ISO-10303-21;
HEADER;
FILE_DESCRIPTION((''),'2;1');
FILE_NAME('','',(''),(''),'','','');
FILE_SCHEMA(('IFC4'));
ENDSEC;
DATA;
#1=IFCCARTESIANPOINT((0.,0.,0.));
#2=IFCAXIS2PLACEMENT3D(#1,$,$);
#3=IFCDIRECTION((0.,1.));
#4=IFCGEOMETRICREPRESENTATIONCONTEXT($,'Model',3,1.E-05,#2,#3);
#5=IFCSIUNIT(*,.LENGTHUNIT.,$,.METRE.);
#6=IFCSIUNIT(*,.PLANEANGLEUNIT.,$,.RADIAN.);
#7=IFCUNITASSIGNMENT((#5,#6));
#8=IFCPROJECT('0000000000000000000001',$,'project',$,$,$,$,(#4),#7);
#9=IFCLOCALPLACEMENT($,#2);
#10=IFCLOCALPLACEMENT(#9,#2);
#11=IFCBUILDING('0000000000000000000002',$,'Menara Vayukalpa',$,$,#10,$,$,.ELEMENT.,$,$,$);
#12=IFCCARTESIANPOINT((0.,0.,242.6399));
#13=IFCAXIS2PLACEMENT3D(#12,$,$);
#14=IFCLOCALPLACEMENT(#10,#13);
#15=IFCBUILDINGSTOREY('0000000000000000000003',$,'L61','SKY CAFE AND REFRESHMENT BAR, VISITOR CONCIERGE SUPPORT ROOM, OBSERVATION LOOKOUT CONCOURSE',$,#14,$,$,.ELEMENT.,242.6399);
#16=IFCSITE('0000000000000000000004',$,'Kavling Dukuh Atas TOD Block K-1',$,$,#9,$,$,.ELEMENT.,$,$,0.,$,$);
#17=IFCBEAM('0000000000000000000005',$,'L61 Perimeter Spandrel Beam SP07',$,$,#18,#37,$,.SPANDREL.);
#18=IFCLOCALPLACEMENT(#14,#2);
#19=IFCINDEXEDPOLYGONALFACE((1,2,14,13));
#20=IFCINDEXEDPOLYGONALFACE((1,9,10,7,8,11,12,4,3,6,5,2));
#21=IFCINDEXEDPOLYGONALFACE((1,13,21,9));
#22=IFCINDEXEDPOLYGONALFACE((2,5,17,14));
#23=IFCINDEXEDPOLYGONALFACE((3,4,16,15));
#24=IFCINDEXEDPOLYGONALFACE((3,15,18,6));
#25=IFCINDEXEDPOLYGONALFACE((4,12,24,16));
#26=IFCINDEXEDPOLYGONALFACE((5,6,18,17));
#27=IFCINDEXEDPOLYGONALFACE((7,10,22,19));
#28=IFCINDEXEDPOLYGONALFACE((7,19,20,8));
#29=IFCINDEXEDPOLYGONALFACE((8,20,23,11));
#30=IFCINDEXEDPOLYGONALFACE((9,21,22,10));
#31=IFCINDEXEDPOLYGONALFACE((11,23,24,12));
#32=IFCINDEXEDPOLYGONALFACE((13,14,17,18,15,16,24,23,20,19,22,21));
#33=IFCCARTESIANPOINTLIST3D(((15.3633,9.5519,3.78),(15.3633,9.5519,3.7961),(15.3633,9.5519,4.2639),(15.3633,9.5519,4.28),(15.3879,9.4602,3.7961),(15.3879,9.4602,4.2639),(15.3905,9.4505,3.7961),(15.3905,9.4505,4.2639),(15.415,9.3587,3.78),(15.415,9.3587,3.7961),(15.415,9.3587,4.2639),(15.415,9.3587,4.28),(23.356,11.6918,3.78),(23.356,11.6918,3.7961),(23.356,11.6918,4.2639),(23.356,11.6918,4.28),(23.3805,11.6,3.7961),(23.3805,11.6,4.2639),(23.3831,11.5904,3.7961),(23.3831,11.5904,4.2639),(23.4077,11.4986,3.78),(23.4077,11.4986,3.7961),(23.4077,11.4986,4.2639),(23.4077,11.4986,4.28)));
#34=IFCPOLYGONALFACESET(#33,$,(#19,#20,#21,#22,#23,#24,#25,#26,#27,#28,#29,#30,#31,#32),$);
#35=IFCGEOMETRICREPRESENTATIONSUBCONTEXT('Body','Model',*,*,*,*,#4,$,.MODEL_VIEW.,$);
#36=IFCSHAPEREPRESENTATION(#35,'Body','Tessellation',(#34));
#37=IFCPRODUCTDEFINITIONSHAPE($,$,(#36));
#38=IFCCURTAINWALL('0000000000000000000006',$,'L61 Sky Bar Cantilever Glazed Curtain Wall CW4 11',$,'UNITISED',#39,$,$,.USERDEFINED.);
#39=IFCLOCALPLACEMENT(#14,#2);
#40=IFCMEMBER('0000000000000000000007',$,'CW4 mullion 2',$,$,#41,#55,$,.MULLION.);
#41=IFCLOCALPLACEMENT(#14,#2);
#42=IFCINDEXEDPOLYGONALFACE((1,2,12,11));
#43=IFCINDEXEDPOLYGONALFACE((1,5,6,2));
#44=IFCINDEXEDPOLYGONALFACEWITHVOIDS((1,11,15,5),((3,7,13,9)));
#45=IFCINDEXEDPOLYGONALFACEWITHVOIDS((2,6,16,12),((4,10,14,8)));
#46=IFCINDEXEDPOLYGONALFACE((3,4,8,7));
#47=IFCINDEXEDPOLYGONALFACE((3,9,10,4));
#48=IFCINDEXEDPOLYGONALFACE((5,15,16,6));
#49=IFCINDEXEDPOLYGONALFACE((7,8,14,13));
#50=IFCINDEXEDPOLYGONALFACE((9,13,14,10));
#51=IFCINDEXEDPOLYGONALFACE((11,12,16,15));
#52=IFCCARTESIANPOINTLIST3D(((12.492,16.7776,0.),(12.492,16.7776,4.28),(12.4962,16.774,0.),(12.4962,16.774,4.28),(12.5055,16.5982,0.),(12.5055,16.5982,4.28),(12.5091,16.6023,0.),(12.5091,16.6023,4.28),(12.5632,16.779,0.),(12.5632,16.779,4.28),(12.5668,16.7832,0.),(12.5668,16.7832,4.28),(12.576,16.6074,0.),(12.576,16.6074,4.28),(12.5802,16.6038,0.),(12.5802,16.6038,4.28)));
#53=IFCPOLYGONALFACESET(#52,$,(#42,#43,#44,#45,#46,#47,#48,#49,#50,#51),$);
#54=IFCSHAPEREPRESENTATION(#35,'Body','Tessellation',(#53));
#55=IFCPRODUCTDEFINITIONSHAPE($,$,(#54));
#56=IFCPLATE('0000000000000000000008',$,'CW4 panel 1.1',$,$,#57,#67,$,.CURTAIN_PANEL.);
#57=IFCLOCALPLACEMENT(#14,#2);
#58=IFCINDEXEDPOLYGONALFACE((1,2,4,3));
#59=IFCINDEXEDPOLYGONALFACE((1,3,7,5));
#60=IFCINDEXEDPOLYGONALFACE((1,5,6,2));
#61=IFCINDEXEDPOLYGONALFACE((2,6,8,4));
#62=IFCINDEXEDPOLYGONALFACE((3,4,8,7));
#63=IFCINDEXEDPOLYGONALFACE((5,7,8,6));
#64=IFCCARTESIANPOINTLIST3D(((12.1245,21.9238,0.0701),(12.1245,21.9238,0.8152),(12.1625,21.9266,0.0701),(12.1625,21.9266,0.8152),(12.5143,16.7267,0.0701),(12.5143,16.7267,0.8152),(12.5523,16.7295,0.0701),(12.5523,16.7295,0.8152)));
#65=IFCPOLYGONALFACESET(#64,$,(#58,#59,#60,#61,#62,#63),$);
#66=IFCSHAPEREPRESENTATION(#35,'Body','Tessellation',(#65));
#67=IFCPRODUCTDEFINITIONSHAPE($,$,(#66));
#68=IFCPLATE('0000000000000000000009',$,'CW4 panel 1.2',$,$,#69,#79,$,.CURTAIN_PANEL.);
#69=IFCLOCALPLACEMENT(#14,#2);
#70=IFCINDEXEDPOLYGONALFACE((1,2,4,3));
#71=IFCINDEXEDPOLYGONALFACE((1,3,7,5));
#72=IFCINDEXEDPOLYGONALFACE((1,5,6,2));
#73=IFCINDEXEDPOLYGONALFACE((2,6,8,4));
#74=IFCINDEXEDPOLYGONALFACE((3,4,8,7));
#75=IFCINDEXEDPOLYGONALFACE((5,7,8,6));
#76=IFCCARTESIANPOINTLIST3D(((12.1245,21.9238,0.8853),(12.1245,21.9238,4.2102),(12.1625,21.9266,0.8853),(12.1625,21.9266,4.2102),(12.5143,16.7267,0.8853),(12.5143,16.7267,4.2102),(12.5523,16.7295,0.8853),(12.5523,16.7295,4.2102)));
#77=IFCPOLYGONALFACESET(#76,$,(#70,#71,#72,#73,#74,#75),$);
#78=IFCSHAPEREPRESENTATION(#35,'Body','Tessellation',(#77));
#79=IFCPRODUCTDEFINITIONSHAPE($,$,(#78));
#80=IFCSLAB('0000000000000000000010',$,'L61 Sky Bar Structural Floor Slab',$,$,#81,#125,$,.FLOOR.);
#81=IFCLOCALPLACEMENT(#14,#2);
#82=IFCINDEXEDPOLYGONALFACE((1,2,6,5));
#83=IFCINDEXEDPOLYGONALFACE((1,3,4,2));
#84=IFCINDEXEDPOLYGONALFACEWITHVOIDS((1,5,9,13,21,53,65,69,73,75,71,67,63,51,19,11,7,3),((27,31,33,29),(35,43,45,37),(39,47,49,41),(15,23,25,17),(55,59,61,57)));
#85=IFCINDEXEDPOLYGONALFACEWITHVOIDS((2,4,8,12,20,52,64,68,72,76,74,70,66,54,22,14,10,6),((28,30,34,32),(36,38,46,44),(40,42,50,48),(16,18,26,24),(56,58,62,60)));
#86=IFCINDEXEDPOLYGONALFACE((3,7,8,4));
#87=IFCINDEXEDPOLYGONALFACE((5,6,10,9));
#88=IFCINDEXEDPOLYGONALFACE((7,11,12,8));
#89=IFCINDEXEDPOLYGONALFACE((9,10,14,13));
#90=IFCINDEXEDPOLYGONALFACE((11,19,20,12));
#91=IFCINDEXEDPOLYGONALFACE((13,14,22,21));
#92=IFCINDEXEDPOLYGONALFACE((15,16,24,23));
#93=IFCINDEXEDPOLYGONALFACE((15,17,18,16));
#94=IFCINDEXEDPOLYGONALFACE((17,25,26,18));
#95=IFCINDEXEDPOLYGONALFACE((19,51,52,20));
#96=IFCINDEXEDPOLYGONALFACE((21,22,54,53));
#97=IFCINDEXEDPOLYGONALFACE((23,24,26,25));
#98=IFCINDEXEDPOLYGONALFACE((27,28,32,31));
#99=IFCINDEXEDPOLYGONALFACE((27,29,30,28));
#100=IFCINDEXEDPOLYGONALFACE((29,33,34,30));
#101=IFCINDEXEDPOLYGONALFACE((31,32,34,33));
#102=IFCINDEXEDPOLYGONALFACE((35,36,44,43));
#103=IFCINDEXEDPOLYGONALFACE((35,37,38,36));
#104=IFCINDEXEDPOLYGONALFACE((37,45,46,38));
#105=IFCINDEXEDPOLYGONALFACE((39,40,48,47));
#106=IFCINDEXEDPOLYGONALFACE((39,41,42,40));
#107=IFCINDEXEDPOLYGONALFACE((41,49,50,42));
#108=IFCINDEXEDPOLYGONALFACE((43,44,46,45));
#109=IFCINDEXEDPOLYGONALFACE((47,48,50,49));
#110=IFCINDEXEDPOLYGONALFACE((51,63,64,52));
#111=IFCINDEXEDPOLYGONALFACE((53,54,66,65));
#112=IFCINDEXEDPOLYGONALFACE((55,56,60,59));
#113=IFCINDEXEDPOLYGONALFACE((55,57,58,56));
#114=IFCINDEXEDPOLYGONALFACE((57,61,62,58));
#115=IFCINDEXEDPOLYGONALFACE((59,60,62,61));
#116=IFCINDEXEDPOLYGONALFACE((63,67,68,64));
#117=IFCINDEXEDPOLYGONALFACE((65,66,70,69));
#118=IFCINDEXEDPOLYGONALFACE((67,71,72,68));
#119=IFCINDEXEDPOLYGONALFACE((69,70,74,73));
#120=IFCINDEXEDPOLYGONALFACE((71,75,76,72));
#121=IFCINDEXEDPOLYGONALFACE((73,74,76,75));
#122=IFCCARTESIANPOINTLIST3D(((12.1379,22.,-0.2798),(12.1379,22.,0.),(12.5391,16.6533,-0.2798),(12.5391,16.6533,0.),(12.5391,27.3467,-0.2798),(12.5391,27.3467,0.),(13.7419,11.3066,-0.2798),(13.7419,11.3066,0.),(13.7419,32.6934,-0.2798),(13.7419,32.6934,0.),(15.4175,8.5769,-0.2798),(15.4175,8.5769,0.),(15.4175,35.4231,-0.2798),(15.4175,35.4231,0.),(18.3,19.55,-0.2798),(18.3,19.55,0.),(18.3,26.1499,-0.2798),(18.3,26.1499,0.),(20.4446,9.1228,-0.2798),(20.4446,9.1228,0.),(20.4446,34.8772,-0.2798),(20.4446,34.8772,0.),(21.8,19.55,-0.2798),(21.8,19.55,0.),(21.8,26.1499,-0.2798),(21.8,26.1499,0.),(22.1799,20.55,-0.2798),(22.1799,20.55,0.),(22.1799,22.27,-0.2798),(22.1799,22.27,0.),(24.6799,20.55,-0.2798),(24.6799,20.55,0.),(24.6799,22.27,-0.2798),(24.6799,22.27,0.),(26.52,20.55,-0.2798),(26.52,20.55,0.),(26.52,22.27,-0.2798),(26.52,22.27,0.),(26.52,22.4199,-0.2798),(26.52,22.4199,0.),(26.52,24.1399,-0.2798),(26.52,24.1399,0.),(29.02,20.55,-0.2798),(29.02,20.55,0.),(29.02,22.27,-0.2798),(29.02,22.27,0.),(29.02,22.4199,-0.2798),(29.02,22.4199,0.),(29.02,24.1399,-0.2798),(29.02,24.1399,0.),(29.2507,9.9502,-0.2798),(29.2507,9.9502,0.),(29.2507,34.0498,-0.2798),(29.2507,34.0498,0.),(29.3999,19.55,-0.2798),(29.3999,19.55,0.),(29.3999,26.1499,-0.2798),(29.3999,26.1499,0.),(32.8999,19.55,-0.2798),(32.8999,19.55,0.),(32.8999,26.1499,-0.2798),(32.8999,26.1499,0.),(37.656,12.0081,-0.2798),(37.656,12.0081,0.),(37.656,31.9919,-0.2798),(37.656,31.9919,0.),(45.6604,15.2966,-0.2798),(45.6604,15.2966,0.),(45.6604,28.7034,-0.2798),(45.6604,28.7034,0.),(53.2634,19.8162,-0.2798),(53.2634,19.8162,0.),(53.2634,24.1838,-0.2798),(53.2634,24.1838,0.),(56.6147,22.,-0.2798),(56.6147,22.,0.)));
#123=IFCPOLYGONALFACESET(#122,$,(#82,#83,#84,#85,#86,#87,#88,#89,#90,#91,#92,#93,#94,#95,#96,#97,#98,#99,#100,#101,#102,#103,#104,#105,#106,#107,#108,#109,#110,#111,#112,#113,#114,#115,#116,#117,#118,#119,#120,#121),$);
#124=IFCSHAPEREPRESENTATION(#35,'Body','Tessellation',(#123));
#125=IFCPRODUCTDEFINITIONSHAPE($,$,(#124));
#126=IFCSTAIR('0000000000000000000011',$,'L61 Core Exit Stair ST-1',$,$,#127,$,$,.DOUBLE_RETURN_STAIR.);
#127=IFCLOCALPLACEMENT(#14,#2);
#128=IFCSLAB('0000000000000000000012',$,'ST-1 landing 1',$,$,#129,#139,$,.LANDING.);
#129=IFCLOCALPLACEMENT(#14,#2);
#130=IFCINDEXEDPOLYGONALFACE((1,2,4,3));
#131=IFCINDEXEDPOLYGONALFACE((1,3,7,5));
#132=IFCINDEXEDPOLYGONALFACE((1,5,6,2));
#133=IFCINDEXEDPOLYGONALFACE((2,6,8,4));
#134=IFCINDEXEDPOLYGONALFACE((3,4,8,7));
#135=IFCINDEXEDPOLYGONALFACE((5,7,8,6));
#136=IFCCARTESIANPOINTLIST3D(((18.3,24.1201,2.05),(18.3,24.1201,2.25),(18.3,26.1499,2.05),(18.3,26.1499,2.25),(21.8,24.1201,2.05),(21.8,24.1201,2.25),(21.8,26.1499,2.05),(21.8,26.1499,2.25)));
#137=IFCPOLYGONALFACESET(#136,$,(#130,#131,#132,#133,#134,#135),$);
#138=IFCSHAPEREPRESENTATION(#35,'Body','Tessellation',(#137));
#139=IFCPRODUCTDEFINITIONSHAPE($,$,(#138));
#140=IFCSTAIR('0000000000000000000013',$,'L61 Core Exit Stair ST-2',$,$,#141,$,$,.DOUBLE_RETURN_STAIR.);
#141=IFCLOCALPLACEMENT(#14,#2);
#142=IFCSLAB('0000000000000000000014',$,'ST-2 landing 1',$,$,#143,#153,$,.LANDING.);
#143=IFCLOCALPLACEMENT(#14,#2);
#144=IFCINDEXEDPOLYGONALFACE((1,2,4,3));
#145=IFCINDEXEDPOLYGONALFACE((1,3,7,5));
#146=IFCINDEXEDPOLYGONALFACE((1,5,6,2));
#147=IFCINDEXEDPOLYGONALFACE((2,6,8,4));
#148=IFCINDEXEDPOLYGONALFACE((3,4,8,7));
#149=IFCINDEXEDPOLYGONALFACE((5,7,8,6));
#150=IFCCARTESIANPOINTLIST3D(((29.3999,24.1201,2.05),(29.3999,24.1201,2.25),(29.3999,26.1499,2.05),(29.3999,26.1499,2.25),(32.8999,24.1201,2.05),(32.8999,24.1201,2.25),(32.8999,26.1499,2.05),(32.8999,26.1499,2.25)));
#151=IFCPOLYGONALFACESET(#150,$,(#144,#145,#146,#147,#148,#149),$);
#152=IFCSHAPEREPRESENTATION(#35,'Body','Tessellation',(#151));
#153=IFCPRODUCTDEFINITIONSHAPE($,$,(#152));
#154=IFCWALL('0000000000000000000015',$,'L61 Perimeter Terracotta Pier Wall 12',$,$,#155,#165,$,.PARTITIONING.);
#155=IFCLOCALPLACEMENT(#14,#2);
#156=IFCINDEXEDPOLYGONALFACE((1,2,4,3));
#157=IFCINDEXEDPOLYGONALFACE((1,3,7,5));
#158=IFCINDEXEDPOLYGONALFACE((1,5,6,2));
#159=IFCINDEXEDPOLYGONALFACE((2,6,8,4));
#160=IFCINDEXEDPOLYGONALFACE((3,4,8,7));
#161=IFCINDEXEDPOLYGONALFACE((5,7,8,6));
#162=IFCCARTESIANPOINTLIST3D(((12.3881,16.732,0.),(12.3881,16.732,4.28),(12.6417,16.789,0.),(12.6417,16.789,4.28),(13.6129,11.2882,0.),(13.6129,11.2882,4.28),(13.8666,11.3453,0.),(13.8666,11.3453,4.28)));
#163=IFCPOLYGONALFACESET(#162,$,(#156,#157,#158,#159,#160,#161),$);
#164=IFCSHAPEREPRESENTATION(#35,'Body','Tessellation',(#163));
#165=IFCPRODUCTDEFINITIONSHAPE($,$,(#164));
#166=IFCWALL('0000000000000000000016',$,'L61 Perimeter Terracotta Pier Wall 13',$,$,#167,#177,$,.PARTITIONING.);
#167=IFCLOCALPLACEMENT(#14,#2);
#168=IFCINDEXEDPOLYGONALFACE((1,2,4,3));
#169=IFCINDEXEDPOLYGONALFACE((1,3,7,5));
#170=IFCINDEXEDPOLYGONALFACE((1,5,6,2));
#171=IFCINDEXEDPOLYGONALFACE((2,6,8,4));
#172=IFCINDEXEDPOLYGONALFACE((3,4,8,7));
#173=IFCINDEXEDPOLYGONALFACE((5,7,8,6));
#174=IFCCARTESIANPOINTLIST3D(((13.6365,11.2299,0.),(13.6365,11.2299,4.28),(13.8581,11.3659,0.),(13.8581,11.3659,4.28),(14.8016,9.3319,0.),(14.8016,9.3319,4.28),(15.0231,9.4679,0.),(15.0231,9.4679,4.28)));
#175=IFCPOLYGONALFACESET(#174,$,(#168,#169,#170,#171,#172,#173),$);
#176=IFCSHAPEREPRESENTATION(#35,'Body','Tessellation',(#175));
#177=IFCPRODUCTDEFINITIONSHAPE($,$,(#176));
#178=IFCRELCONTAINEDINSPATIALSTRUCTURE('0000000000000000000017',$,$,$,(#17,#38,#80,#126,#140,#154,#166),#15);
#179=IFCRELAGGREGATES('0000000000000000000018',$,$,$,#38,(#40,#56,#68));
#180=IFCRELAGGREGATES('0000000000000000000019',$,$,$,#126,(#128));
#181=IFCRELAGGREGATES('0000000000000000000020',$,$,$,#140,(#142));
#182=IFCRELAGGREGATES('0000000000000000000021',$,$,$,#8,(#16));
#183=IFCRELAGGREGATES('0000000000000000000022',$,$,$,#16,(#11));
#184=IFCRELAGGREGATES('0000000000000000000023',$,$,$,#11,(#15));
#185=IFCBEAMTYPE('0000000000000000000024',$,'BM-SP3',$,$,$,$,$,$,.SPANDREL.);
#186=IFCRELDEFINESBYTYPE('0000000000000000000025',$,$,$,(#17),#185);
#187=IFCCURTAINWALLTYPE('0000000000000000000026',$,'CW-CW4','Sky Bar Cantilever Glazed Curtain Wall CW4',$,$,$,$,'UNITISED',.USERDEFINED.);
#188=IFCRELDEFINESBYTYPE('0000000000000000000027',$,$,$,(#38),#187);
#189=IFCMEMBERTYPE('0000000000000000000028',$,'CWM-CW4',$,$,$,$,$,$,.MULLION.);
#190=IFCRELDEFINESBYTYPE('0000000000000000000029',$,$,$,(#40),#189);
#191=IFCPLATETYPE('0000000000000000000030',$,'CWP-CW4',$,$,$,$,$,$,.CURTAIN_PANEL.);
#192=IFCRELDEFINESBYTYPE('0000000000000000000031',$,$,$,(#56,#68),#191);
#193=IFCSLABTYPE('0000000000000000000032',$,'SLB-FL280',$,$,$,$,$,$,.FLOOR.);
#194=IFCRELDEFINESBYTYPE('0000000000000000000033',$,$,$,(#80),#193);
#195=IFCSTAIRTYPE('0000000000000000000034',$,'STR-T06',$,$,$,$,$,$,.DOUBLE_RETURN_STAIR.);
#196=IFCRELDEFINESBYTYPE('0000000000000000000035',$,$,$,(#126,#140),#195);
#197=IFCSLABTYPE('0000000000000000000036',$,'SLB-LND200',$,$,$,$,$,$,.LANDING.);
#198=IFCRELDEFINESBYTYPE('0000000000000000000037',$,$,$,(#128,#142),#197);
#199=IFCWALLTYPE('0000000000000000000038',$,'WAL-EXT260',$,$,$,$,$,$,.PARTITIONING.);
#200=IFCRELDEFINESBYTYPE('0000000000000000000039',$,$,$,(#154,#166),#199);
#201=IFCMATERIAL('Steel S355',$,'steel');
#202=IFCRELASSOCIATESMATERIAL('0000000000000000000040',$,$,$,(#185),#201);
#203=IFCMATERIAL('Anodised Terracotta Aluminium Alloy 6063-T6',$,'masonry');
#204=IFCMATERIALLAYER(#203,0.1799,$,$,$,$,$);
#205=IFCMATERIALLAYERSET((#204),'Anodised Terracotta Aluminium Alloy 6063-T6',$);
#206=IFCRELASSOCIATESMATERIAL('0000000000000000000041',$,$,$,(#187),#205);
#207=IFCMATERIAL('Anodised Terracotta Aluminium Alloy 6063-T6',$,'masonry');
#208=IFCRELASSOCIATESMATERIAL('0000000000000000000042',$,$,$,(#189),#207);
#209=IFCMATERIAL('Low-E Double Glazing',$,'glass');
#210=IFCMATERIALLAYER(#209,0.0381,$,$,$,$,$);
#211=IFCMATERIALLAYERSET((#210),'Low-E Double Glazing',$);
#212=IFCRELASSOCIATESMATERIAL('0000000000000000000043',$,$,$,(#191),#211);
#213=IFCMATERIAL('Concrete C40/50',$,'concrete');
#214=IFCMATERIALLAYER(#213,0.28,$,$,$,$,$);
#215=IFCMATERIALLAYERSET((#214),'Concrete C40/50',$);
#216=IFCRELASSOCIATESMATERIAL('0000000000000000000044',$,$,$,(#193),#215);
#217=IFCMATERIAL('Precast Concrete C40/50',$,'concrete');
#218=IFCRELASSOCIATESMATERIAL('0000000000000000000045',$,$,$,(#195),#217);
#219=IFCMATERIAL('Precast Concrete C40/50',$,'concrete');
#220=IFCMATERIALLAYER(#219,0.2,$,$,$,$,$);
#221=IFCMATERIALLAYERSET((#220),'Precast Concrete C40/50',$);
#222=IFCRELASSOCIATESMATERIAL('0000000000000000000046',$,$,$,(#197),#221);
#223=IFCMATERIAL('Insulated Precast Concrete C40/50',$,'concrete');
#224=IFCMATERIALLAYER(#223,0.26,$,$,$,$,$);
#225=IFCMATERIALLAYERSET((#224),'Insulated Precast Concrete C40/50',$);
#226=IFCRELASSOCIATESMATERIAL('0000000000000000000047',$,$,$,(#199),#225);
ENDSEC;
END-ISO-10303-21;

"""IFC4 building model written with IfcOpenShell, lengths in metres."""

from ifc_helpers import new_model, si_unit, direction, frame, frame_2d, origin, origin_2d, place, context, subcontext, project, spatial, polyline, rectangle, hollow_rectangle, i_section, outline, extrude, material, layer, layer_set, material_profile, profile_set, type_object, element, aggregate, save


model = new_model("IFC4")

# Units and contexts
model_context = context("Model", 3, precision=1e-05, world=origin(), true_north=direction((0.0, 1.0)))
body_context = subcontext(model_context, "Body", "Model", "MODEL_VIEW")
ifc_project = project(units=[si_unit("LENGTHUNIT", "METRE"), si_unit("PLANEANGLEUNIT", "RADIAN")], contexts=[model_context])

# Site, building, storey
site_placement = place(None, origin())
site = spatial("IfcSite", under=ifc_project, at=site_placement, Name="Kavling Dukuh Atas TOD Block K-1", CompositionType="ELEMENT", RefElevation=0.0)
building_placement = place(site_placement, origin())
building = spatial("IfcBuilding", under=site, at=building_placement, Name="Menara Vayukalpa", CompositionType="ELEMENT")
storey_placement = place(building_placement, frame((0.0, 0.0, 242.6399)))
storey = spatial("IfcBuildingStorey", under=building, at=storey_placement, Name="L61", Description="SKY CAFE AND REFRESHMENT BAR, VISITOR CONCIERGE SUPPORT ROOM, OBSERVATION LOOKOUT CONCOURSE", CompositionType="ELEMENT", Elevation=242.6399)

# Beam
ifc_material_1 = material(Name="Steel S355", Category="steel")
ifc_material_profile_1 = material_profile(ifc_material_1, i_section(OverallWidth=0.2, OverallDepth=0.5, WebThickness=0.01, FlangeThickness=0.0161, at=origin_2d()), Name="WF 500x200x10x16")
ifc_profile_set_1 = profile_set([ifc_material_profile_1], Name="Steel S355")
beam_type_1 = type_object("IfcBeamType", Name="BM-SP3", PredefinedType="SPANDREL", material=ifc_profile_set_1)
beam_1_placement = place(storey_placement, frame((15.3892, 9.4553, 4.03), z_axis=(0.965978, 0.258623, 0.0), x_axis=(-0.258623, 0.965978, 0.0)))
element("IfcBeam", 1, at=beam_1_placement, inside=storey, type_object=beam_type_1, Name="L61 Perimeter Spandrel Beam SP07", PredefinedType="SPANDREL", context=body_context, shape_type="SweptSolid", body=[
    extrude(i_section(OverallWidth=0.2, OverallDepth=0.5, WebThickness=0.01, FlangeThickness=0.0161, at=origin_2d()), origin(), (0.0, 0.0, 1.0), 8.2742),
])

# Curtain wall, member, plates
ifc_material_2 = material(Name="Anodised Terracotta Aluminium Alloy 6063-T6", Category="masonry")
ifc_layer_1 = layer(ifc_material_2, 0.1799)
ifc_layer_set_1 = layer_set([ifc_layer_1], Name="Anodised Terracotta Aluminium Alloy 6063-T6")
curtain_wall_type = type_object("IfcCurtainWallType", Name="CW-CW4", Description="Sky Bar Cantilever Glazed Curtain Wall CW4", ElementType="UNITISED", PredefinedType="USERDEFINED", material=ifc_layer_set_1)
curtain_wall_placement = place(storey_placement, origin())
curtain_wall = element("IfcCurtainWall", 2, at=curtain_wall_placement, inside=storey, type_object=curtain_wall_type, Name="L61 Sky Bar Cantilever Glazed Curtain Wall CW4 11", ObjectType="UNITISED", PredefinedType="USERDEFINED")
ifc_material_3 = material(Name="Anodised Terracotta Aluminium Alloy 6063-T6", Category="masonry")
ifc_material_profile_2 = material_profile(ifc_material_3, hollow_rectangle(XDim=0.075, YDim=0.1799, WallThickness=0.0039, at=origin_2d()), Name="ALU 75x180x4")
ifc_profile_set_2 = profile_set([ifc_material_profile_2], Name="Anodised Terracotta Aluminium Alloy 6063-T6")
member_type = type_object("IfcMemberType", Name="CWM-CW4", PredefinedType="MULLION", material=ifc_profile_set_2)
member_placement = place(storey_placement, frame((12.5361, 16.6907, 0.0), z_axis=(0.0, 0.0, 1.0), x_axis=(0.997199, 0.074789, 0.0)))
member = element("IfcMember", 3, at=member_placement, type_object=member_type, Name="CW4 mullion 2", PredefinedType="MULLION", context=body_context, shape_type="SweptSolid", body=[
    extrude(hollow_rectangle(XDim=0.075, YDim=0.1799, WallThickness=0.0039, at=origin_2d()), origin(), (0.0, 0.0, 1.0), 4.28),
])
ifc_material_4 = material(Name="Low-E Double Glazing", Category="glass")
ifc_layer_2 = layer(ifc_material_4, 0.0381)
ifc_layer_set_2 = layer_set([ifc_layer_2], Name="Low-E Double Glazing")
plate_type = type_object("IfcPlateType", Name="CWP-CW4", PredefinedType="CURTAIN_PANEL", material=ifc_layer_set_2)
plate_1_placement = place(storey_placement, frame((12.3384, 19.3267, 0.0701), z_axis=(0.0, 0.0, 1.0), x_axis=(0.074789, -0.997199, 0.0)))
plate_1 = element("IfcPlate", 4, at=plate_1_placement, type_object=plate_type, Name="CW4 panel 1.1", PredefinedType="CURTAIN_PANEL", context=body_context, shape_type="SweptSolid", body=[
    extrude(rectangle(XDim=5.2117, YDim=0.0381, at=origin_2d()), origin(), (0.0, 0.0, 1.0), 0.7451),
])
plate_2_placement = place(storey_placement, frame((12.3384, 19.3267, 0.8853), z_axis=(0.0, 0.0, 1.0), x_axis=(0.074789, -0.997199, 0.0)))
plate_2 = element("IfcPlate", 5, at=plate_2_placement, type_object=plate_type, Name="CW4 panel 1.2", PredefinedType="CURTAIN_PANEL", context=body_context, shape_type="SweptSolid", body=[
    extrude(rectangle(XDim=5.2117, YDim=0.0381, at=origin_2d()), origin(), (0.0, 0.0, 1.0), 3.325),
])
aggregate(curtain_wall, [member, plate_1, plate_2])

# Slab
ifc_material_5 = material(Name="Concrete C40/50", Category="concrete")
ifc_layer_3 = layer(ifc_material_5, 0.28)
ifc_layer_set_3 = layer_set([ifc_layer_3], Name="Concrete C40/50")
slab_type_1 = type_object("IfcSlabType", Name="SLB-FL280", PredefinedType="FLOOR", material=ifc_layer_set_3)
slab_1_placement = place(storey_placement, frame((0.0, 0.0, -0.2798)))
element("IfcSlab", 6, at=slab_1_placement, inside=storey, type_object=slab_type_1, Name="L61 Sky Bar Structural Floor Slab", PredefinedType="FLOOR", context=body_context, shape_type="SweptSolid", body=[
    extrude(outline(polyline([(53.2634, 19.8162), (56.6147, 22.0), (53.2634, 24.1838), (45.6604, 28.7034), (37.656, 31.9919), (29.2507, 34.0498), (20.4446, 34.8772), (15.4175, 35.4231), (13.7419, 32.6934), (12.5391, 27.3467), (12.1379, 22.0), (12.5391, 16.6533), (13.7419, 11.3066), (15.4175, 8.5769), (20.4446, 9.1228), (29.2507, 9.9502), (37.656, 12.0081), (45.6604, 15.2966), (53.2634, 19.8162)]), holes=[polyline([(21.8, 19.55), (21.8, 26.1499), (18.3, 26.1499), (18.3, 19.55), (21.8, 19.55)]), polyline([(32.8999, 19.55), (32.8999, 26.1499), (29.3999, 26.1499), (29.3999, 19.55), (32.8999, 19.55)]), polyline([(22.1799, 20.55), (24.6799, 20.55), (24.6799, 22.27), (22.1799, 22.27), (22.1799, 20.55)]), polyline([(26.52, 20.55), (29.02, 20.55), (29.02, 22.27), (26.52, 22.27), (26.52, 20.55)]), polyline([(26.52, 22.4199), (29.02, 22.4199), (29.02, 24.1399), (26.52, 24.1399), (26.52, 22.4199)])]), origin(), (0.0, 0.0, 1.0), 0.2798),
])

# Stairs, slabs
ifc_material_6 = material(Name="Precast Concrete C40/50", Category="concrete")
stair_type = type_object("IfcStairType", Name="STR-T06", PredefinedType="DOUBLE_RETURN_STAIR", material=ifc_material_6)
stair_1_placement = place(storey_placement, origin())
stair_1 = element("IfcStair", 7, at=stair_1_placement, inside=storey, type_object=stair_type, Name="L61 Core Exit Stair ST-1", PredefinedType="DOUBLE_RETURN_STAIR")
ifc_material_7 = material(Name="Precast Concrete C40/50", Category="concrete")
ifc_layer_4 = layer(ifc_material_7, 0.2)
ifc_layer_set_4 = layer_set([ifc_layer_4], Name="Precast Concrete C40/50")
slab_type_2 = type_object("IfcSlabType", Name="SLB-LND200", PredefinedType="LANDING", material=ifc_layer_set_4)
slab_2_placement = place(storey_placement, frame((0.0, 0.0, 2.05)))
slab_2 = element("IfcSlab", 8, at=slab_2_placement, type_object=slab_type_2, Name="ST-1 landing 1", PredefinedType="LANDING", context=body_context, shape_type="SweptSolid", body=[
    extrude(outline(polyline([(21.8, 24.1201), (21.8, 26.1499), (18.3, 26.1499), (18.3, 24.1201), (21.8, 24.1201)])), origin(), (0.0, 0.0, 1.0), 0.2),
])
aggregate(stair_1, [slab_2])
stair_2_placement = place(storey_placement, origin())
stair_2 = element("IfcStair", 9, at=stair_2_placement, inside=storey, type_object=stair_type, Name="L61 Core Exit Stair ST-2", PredefinedType="DOUBLE_RETURN_STAIR")
slab_3_placement = place(storey_placement, frame((0.0, 0.0, 2.05)))
slab_3 = element("IfcSlab", 10, at=slab_3_placement, type_object=slab_type_2, Name="ST-2 landing 1", PredefinedType="LANDING", context=body_context, shape_type="SweptSolid", body=[
    extrude(outline(polyline([(32.8999, 24.1201), (32.8999, 26.1499), (29.3999, 26.1499), (29.3999, 24.1201), (32.8999, 24.1201)])), origin(), (0.0, 0.0, 1.0), 0.2),
])
aggregate(stair_2, [slab_3])

# Walls
ifc_material_8 = material(Name="Insulated Precast Concrete C40/50", Category="concrete")
ifc_layer_5 = layer(ifc_material_8, 0.26)
ifc_layer_set_5 = layer_set([ifc_layer_5], Name="Insulated Precast Concrete C40/50")
wall_type_1 = type_object("IfcWallType", Name="WAL-EXT260", PredefinedType="PARTITIONING", material=ifc_layer_set_5)
wall_1_placement = place(storey_placement, frame((13.7397, 11.3167, 0.0), z_axis=(0.0, 0.0, 1.0), x_axis=(-0.21951, 0.97561, 0.0)))
element("IfcWall", 11, at=wall_1_placement, inside=storey, type_object=wall_type_1, Name="L61 Perimeter Terracotta Pier Wall 12", PredefinedType="PARTITIONING", context=body_context, shape_type="SweptSolid", body=[
    extrude(rectangle(XDim=5.5798, YDim=0.26, at=frame_2d((2.79, 0.0))), origin(), (0.0, 0.0, 1.0), 4.28),
])
wall_2_placement = place(storey_placement, frame((14.9124, 9.3999, 0.0), z_axis=(0.0, 0.0, 1.0), x_axis=(-0.523143, 0.852245, 0.0)))
element("IfcWall", 12, at=wall_2_placement, inside=storey, type_object=wall_type_1, Name="L61 Perimeter Terracotta Pier Wall 13", PredefinedType="PARTITIONING", context=body_context, shape_type="SweptSolid", body=[
    extrude(rectangle(XDim=2.2271, YDim=0.26, at=frame_2d((1.1135, 0.0))), origin(), (0.0, 0.0, 1.0), 4.28),
])

save(model, "model.ifc")
